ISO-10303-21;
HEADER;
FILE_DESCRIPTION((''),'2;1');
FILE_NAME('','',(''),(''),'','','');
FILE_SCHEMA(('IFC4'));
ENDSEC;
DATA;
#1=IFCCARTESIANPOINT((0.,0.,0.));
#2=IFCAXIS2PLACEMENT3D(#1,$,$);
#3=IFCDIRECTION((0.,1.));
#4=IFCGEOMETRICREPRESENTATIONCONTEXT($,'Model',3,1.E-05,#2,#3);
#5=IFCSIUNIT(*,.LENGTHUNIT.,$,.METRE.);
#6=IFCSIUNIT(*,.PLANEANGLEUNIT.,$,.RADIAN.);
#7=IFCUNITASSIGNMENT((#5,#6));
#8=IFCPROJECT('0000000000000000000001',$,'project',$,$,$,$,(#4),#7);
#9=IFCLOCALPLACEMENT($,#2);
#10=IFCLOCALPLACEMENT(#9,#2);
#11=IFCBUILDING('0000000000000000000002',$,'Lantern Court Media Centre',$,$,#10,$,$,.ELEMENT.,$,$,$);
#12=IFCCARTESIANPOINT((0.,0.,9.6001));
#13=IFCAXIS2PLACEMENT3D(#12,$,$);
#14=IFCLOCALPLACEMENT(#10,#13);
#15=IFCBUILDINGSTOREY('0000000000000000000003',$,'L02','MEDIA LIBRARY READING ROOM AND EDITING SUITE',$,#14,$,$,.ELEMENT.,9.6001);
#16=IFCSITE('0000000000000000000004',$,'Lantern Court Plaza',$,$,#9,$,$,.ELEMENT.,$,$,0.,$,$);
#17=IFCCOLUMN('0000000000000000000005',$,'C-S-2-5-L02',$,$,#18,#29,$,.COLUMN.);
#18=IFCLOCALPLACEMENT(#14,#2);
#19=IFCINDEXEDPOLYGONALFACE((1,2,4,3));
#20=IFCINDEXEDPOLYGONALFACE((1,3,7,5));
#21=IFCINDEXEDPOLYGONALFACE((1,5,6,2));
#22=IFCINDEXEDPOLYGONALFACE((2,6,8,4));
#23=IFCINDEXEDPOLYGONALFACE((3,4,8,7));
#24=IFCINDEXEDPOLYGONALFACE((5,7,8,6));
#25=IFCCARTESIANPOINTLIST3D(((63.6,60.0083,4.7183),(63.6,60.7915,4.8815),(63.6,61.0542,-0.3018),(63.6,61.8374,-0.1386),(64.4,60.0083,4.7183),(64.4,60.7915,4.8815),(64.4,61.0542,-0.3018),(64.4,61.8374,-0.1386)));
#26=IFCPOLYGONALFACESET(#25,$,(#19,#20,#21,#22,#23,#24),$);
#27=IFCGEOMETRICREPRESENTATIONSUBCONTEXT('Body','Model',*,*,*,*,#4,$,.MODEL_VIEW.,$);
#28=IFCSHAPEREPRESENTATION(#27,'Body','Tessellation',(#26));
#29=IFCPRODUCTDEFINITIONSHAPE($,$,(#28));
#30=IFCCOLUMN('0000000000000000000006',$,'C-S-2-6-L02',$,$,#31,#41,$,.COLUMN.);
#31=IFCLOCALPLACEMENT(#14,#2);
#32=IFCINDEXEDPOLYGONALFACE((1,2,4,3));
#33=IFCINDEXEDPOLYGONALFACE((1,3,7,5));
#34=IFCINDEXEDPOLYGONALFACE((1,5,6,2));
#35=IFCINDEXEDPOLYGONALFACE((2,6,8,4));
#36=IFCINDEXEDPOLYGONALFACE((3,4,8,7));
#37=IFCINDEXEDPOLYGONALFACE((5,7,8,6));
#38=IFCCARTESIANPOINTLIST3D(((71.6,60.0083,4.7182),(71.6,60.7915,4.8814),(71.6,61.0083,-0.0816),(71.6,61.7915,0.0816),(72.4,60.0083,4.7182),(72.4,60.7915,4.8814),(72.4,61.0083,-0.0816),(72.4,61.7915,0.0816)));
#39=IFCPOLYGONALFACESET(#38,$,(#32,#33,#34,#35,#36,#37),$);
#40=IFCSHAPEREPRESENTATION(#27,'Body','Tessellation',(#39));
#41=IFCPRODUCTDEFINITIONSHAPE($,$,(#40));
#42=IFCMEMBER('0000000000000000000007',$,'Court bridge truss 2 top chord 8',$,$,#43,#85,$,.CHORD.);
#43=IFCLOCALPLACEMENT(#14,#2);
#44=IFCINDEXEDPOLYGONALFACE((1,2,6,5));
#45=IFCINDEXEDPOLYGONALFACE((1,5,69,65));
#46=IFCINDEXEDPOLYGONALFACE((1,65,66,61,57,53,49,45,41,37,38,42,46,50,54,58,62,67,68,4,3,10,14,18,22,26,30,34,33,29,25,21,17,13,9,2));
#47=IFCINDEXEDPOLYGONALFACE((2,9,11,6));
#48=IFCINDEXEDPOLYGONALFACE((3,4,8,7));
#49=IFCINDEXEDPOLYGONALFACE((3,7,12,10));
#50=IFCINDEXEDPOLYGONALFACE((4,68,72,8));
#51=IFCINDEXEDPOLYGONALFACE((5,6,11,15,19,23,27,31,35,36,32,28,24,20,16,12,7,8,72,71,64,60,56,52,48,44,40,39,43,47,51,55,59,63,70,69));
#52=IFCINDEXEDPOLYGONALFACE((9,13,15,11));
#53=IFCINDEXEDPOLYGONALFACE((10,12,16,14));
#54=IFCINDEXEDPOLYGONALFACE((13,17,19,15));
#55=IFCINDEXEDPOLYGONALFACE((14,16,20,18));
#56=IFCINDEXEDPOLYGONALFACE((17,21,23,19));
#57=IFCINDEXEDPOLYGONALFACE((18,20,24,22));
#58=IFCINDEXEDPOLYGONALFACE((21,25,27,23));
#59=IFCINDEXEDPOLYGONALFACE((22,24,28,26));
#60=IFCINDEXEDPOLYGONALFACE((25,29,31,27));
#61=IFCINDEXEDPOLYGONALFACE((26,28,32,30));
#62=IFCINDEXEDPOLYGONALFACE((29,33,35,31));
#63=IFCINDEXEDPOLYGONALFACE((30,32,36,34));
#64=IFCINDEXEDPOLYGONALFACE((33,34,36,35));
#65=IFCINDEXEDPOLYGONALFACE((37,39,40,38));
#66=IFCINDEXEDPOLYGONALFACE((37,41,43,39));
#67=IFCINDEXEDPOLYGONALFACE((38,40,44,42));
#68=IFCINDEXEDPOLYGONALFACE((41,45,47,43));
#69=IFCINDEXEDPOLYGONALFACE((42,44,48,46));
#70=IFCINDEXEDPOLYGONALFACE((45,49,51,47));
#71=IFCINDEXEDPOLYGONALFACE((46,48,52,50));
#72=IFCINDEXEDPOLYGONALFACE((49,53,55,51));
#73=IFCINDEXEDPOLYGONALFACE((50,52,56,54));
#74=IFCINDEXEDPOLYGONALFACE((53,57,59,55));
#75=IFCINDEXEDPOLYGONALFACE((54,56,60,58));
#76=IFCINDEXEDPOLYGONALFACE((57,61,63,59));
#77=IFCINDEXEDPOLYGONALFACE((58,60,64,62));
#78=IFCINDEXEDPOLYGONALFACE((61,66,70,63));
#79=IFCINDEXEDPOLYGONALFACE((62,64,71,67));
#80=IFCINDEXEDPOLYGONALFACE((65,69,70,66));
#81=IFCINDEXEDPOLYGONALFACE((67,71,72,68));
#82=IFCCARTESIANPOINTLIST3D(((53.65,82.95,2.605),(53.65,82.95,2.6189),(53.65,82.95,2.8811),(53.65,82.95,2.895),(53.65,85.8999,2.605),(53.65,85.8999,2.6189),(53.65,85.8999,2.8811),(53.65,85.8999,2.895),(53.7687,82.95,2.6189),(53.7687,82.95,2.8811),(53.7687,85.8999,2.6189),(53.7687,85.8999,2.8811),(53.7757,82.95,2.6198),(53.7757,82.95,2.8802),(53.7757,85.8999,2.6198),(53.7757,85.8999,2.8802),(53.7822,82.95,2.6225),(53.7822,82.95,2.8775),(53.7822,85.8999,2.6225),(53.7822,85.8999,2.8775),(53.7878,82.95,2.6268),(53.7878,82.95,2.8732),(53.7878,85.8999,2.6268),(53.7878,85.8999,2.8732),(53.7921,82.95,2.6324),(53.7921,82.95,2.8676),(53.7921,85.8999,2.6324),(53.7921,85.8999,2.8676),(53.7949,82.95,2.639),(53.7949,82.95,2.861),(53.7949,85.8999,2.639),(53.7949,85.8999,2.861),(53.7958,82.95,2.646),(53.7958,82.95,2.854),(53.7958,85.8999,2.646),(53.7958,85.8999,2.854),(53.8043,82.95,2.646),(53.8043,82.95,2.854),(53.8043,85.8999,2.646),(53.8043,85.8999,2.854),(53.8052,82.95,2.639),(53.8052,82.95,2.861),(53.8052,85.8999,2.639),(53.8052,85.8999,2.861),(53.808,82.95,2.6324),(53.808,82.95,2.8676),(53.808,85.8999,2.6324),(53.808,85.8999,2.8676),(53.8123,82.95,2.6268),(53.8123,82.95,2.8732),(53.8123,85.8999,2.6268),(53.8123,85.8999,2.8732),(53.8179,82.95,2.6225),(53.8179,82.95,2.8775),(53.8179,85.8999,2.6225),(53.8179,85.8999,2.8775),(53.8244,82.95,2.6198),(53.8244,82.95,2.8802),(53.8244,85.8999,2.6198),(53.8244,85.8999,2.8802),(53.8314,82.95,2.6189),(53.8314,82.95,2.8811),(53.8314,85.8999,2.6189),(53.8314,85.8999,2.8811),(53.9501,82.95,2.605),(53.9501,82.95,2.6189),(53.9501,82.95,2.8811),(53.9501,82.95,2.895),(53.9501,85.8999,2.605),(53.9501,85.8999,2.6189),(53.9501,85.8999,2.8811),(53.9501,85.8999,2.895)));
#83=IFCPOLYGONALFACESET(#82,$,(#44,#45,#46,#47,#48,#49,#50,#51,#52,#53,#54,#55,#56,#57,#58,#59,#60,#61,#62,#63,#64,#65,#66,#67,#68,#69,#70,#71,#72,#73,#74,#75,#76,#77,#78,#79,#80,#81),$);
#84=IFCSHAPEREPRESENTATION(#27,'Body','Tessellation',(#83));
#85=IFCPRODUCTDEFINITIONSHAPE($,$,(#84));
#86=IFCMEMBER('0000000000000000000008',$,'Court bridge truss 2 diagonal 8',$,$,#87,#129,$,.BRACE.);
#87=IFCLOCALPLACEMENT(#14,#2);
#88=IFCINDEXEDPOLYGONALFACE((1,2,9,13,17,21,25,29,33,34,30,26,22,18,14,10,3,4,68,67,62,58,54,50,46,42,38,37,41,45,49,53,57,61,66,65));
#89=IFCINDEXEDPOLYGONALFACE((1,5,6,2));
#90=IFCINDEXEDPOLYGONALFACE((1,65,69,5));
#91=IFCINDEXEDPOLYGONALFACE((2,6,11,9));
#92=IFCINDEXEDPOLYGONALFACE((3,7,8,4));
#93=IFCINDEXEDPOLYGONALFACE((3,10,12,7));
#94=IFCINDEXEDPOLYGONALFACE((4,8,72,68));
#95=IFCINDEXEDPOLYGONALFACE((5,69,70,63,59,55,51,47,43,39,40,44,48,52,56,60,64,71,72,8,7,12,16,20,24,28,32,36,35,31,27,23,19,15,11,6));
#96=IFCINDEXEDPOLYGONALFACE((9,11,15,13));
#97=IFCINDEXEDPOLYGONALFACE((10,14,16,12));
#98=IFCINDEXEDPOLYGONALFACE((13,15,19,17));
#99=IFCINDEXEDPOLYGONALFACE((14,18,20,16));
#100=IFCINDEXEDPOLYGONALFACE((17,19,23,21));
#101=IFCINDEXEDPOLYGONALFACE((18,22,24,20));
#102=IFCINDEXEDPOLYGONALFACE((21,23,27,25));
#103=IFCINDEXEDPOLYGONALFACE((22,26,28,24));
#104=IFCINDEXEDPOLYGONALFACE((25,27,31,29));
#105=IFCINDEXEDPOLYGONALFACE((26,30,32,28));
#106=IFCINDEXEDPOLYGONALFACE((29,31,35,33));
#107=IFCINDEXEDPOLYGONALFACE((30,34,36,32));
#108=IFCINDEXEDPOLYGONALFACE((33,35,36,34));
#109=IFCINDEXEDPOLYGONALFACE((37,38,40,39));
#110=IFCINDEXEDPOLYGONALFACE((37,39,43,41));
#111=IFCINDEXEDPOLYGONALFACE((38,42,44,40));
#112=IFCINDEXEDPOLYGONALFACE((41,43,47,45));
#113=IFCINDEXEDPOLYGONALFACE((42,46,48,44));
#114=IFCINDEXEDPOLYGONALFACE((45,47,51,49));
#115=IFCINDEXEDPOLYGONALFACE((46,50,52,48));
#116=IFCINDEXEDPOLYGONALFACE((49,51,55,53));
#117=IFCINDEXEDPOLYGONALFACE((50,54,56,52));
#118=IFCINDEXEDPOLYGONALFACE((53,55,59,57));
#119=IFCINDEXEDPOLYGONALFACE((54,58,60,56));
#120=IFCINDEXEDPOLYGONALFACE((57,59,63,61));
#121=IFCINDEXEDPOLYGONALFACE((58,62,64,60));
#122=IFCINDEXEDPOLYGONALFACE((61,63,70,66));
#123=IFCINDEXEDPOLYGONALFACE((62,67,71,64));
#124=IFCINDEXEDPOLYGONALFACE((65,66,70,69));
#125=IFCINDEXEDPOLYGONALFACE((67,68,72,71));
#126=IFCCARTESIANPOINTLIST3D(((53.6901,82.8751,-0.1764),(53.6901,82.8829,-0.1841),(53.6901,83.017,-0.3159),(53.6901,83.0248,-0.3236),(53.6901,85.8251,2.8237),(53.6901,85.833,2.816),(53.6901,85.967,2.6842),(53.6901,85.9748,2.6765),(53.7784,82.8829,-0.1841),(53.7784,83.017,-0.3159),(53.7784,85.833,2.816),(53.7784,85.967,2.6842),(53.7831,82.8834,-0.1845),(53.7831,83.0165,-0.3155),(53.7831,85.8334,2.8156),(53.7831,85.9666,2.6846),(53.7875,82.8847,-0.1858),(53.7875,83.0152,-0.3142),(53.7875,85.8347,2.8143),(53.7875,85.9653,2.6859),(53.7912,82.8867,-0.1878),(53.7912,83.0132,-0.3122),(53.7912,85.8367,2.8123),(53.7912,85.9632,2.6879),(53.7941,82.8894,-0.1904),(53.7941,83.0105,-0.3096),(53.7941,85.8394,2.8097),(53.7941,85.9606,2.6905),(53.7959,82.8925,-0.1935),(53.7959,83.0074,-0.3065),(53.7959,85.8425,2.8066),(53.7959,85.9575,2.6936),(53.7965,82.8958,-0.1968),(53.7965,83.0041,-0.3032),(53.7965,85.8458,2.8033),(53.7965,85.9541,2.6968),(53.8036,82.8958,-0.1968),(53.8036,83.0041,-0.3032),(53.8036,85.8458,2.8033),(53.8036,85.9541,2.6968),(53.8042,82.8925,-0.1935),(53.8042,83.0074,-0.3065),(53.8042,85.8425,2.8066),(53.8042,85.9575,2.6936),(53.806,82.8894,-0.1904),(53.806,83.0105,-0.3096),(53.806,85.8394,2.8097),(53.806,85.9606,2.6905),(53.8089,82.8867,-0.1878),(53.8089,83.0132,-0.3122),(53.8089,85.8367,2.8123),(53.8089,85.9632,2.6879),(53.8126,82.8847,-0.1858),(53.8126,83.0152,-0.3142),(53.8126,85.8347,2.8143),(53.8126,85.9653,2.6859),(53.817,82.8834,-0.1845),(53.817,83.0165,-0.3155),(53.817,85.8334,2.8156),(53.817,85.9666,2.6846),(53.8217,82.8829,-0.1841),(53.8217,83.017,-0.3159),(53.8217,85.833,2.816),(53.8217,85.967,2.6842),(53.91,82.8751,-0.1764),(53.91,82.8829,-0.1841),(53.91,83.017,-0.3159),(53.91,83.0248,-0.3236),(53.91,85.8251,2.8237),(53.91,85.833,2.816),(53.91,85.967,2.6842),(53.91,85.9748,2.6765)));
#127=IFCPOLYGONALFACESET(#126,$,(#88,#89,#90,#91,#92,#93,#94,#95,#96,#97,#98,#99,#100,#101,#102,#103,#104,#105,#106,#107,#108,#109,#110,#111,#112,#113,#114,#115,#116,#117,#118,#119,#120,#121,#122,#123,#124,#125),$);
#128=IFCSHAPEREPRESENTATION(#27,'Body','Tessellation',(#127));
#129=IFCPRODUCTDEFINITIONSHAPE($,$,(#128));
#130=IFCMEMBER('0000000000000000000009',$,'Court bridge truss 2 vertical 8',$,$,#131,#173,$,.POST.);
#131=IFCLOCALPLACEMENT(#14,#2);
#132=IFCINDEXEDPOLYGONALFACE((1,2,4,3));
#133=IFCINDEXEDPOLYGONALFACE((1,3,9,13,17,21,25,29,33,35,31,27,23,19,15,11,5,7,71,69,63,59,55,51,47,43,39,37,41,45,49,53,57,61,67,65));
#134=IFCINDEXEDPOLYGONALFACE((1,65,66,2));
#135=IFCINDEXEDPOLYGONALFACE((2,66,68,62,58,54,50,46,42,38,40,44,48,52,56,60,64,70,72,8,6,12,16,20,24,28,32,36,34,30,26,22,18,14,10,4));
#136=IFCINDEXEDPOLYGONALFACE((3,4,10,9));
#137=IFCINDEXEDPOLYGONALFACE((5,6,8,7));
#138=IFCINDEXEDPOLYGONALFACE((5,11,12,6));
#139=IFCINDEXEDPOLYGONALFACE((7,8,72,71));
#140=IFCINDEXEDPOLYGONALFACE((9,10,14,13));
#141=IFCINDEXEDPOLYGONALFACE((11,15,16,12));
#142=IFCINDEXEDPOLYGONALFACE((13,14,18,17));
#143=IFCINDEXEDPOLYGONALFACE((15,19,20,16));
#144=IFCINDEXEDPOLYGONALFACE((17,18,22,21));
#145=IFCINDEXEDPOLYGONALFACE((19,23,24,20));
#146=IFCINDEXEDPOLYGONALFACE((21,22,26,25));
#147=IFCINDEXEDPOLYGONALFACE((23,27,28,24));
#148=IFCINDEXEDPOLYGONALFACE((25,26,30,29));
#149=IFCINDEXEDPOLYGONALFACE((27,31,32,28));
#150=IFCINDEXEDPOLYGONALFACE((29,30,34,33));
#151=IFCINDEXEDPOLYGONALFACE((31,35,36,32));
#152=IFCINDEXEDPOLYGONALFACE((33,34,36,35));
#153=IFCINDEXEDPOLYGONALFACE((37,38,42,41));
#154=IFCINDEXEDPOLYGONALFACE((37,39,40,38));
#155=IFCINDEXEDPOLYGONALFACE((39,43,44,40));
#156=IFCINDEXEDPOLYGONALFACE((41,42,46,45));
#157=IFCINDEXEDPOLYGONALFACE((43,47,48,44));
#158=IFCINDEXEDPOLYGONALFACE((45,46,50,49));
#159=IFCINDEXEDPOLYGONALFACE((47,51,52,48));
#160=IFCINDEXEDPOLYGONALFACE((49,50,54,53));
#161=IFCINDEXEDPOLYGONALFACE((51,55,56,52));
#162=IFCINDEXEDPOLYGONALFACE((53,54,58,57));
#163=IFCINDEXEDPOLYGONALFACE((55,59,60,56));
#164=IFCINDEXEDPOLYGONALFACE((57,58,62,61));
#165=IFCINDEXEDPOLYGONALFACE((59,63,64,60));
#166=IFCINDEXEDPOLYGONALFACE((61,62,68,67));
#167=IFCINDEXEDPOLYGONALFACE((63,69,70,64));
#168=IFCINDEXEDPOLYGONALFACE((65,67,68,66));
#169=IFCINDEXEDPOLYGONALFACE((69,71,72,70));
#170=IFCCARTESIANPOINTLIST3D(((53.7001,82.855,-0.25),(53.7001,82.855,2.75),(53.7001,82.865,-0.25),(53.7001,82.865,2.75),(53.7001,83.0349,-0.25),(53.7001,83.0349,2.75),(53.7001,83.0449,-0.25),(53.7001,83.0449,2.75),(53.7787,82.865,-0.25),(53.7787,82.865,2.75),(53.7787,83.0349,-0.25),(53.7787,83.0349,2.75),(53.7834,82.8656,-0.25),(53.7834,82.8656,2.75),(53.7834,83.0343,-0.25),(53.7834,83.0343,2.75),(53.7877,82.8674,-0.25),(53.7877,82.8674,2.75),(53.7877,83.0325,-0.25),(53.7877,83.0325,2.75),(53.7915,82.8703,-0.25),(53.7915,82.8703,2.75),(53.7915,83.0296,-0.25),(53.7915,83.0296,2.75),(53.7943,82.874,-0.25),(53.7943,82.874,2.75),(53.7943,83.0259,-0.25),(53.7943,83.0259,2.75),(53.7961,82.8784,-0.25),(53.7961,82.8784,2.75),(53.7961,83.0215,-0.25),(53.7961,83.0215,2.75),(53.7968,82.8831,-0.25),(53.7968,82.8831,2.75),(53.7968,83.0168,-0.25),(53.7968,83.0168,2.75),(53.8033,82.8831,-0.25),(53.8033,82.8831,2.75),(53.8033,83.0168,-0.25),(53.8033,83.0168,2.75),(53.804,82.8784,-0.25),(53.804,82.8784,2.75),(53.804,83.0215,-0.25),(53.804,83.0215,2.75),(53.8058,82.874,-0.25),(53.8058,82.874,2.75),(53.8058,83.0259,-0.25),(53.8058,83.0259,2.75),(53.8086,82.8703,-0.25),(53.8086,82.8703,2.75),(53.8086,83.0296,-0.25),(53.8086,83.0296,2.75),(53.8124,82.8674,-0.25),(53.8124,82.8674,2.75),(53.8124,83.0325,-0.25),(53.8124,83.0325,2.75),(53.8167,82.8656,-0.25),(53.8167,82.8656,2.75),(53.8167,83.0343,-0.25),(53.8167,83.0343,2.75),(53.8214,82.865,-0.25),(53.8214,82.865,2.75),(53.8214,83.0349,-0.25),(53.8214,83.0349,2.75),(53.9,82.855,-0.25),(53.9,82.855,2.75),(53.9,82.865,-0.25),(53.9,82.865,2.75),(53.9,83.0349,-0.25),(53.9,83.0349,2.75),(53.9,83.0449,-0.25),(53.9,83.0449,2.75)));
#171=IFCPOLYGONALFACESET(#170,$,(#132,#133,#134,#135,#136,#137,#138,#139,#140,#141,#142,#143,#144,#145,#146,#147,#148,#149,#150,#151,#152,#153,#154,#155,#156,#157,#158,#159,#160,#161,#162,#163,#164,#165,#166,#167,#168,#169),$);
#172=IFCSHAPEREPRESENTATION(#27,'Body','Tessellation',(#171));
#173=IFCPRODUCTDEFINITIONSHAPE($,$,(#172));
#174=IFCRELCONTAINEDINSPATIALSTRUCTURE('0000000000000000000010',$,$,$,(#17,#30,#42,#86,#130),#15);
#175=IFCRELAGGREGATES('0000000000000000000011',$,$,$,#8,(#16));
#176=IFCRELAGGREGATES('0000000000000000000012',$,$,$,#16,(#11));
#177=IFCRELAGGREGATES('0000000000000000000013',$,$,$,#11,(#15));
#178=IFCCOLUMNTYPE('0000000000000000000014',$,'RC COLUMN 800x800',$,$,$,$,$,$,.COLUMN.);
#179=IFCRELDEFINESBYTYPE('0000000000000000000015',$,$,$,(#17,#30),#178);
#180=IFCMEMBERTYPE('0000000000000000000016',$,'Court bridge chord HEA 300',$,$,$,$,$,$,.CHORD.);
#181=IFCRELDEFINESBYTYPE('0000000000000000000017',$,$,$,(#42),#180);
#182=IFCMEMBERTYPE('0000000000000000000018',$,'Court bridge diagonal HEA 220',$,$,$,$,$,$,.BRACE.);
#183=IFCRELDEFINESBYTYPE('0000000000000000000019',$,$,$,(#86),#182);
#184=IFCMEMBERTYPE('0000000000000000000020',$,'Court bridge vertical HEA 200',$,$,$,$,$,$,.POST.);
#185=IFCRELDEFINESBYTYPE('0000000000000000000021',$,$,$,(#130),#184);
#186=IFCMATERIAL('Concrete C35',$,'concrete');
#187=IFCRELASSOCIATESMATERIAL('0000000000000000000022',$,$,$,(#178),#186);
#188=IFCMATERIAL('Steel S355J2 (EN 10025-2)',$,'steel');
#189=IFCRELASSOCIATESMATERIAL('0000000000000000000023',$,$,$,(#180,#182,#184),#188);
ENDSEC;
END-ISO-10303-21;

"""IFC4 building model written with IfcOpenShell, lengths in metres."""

from ifc_helpers import new_model, si_unit, direction, frame, origin, origin_2d, place, context, subcontext, project, spatial, rectangle, i_section, extrude, material, material_profile, profile_set, type_object, element, save


model = new_model("IFC4")

# Units and contexts
model_context = context("Model", 3, precision=1e-05, world=origin(), true_north=direction((0.0, 1.0)))
body_context = subcontext(model_context, "Body", "Model", "MODEL_VIEW")
ifc_project = project(units=[si_unit("LENGTHUNIT", "METRE"), si_unit("PLANEANGLEUNIT", "RADIAN")], contexts=[model_context])

# Site, building, storey
site_placement = place(None, origin())
site = spatial("IfcSite", under=ifc_project, at=site_placement, Name="Lantern Court Plaza", CompositionType="ELEMENT", RefElevation=0.0)
building_placement = place(site_placement, origin())
building = spatial("IfcBuilding", under=site, at=building_placement, Name="Lantern Court Media Centre", CompositionType="ELEMENT")
storey_placement = place(building_placement, frame((0.0, 0.0, 9.6001)))
storey = spatial("IfcBuildingStorey", under=building, at=storey_placement, Name="L02", Description="MEDIA LIBRARY READING ROOM AND EDITING SUITE", CompositionType="ELEMENT", Elevation=9.6001)

# Columns
ifc_material_1 = material(Name="Concrete C35", Category="concrete")
ifc_material_profile_1 = material_profile(ifc_material_1, rectangle(XDim=0.8, YDim=0.8, at=origin_2d()), Name="RC 800x800")
ifc_profile_set_1 = profile_set([ifc_material_profile_1], Name="Concrete C35")
column_type = type_object("IfcColumnType", Name="RC COLUMN 800x800", PredefinedType="COLUMN", material=ifc_profile_set_1)
column_1_placement = place(storey_placement, frame((64.0, 61.4458, -0.2202), z_axis=(0.0, -0.203966, 0.978978), x_axis=(1.0, 0.0, 0.0)))
element("IfcColumn", 1, at=column_1_placement, inside=storey, type_object=column_type, Name="C-S-2-5-L02", PredefinedType="COLUMN", context=body_context, shape_type="SweptSolid", body=[
    extrude(rectangle(XDim=0.8, YDim=0.8, at=origin_2d()), origin(), (0.0, 0.0, 1.0), 5.1279),
])
column_2_placement = place(storey_placement, frame((72.0, 61.3999, 0.0), z_axis=(0.0, -0.203962, 0.978979), x_axis=(1.0, 0.0, 0.0)))
element("IfcColumn", 2, at=column_2_placement, inside=storey, type_object=column_type, Name="C-S-2-6-L02", PredefinedType="COLUMN", context=body_context, shape_type="SweptSolid", body=[
    extrude(rectangle(XDim=0.8, YDim=0.8, at=origin_2d()), origin(), (0.0, 0.0, 1.0), 4.9028),
])

# Members
ifc_material_2 = material(Name="Steel S355J2 (EN 10025-2)", Category="steel")
ifc_material_profile_2 = material_profile(ifc_material_2, i_section(OverallWidth=0.3, OverallDepth=0.29, WebThickness=0.0085, FlangeThickness=0.0139, FilletRadius=0.0271, at=origin_2d()), Name="HEA 300")
ifc_profile_set_2 = profile_set([ifc_material_profile_2], Name="Steel S355J2 (EN 10025-2)")
member_type_1 = type_object("IfcMemberType", Name="Court bridge chord HEA 300", PredefinedType="CHORD", material=ifc_profile_set_2)
member_1_placement = place(storey_placement, frame((53.8, 82.95, 2.75), z_axis=(0.0, 1.0, 0.0), x_axis=(-1.0, 0.0, 0.0)))
element("IfcMember", 3, at=member_1_placement, inside=storey, type_object=member_type_1, Name="Court bridge truss 2 top chord 8", PredefinedType="CHORD", context=body_context, shape_type="SweptSolid", body=[
    extrude(i_section(OverallWidth=0.3, OverallDepth=0.29, WebThickness=0.0085, FlangeThickness=0.0139, FilletRadius=0.0271, at=origin_2d()), origin(), (0.0, 0.0, 1.0), 2.95),
])
ifc_material_profile_3 = material_profile(ifc_material_2, i_section(OverallWidth=0.22, OverallDepth=0.21, WebThickness=0.0071, FlangeThickness=0.011, FilletRadius=0.0181, at=origin_2d()), Name="HEA 220")
ifc_profile_set_3 = profile_set([ifc_material_profile_3], Name="Steel S355J2 (EN 10025-2)")
member_type_2 = type_object("IfcMemberType", Name="Court bridge diagonal HEA 220", PredefinedType="BRACE", material=ifc_profile_set_3)
member_2_placement = place(storey_placement, frame((53.8, 82.95, -0.25), z_axis=(0.0, 0.701134, 0.713029), x_axis=(-1.0, 0.0, 0.0)))
element("IfcMember", 4, at=member_2_placement, inside=storey, type_object=member_type_2, Name="Court bridge truss 2 diagonal 8", PredefinedType="BRACE", context=body_context, shape_type="SweptSolid", body=[
    extrude(i_section(OverallWidth=0.22, OverallDepth=0.21, WebThickness=0.0071, FlangeThickness=0.011, FilletRadius=0.0181, at=origin_2d()), origin(), (0.0, 0.0, 1.0), 4.2075),
])
ifc_material_profile_4 = material_profile(ifc_material_2, i_section(OverallWidth=0.2, OverallDepth=0.1899, WebThickness=0.0066, FlangeThickness=0.01, FilletRadius=0.0181, at=origin_2d()), Name="HEA 200")
ifc_profile_set_4 = profile_set([ifc_material_profile_4], Name="Steel S355J2 (EN 10025-2)")
member_type_3 = type_object("IfcMemberType", Name="Court bridge vertical HEA 200", PredefinedType="POST", material=ifc_profile_set_4)
member_3_placement = place(storey_placement, frame((53.8, 82.95, -0.25), z_axis=(0.0, 0.0, 1.0), x_axis=(1.0, 0.0, 0.0)))
element("IfcMember", 5, at=member_3_placement, inside=storey, type_object=member_type_3, Name="Court bridge truss 2 vertical 8", PredefinedType="POST", context=body_context, shape_type="SweptSolid", body=[
    extrude(i_section(OverallWidth=0.2, OverallDepth=0.1899, WebThickness=0.0066, FlangeThickness=0.01, FilletRadius=0.0181, at=origin_2d()), origin(), (0.0, 0.0, 1.0), 3.0),
])

save(model, "model.ifc")
